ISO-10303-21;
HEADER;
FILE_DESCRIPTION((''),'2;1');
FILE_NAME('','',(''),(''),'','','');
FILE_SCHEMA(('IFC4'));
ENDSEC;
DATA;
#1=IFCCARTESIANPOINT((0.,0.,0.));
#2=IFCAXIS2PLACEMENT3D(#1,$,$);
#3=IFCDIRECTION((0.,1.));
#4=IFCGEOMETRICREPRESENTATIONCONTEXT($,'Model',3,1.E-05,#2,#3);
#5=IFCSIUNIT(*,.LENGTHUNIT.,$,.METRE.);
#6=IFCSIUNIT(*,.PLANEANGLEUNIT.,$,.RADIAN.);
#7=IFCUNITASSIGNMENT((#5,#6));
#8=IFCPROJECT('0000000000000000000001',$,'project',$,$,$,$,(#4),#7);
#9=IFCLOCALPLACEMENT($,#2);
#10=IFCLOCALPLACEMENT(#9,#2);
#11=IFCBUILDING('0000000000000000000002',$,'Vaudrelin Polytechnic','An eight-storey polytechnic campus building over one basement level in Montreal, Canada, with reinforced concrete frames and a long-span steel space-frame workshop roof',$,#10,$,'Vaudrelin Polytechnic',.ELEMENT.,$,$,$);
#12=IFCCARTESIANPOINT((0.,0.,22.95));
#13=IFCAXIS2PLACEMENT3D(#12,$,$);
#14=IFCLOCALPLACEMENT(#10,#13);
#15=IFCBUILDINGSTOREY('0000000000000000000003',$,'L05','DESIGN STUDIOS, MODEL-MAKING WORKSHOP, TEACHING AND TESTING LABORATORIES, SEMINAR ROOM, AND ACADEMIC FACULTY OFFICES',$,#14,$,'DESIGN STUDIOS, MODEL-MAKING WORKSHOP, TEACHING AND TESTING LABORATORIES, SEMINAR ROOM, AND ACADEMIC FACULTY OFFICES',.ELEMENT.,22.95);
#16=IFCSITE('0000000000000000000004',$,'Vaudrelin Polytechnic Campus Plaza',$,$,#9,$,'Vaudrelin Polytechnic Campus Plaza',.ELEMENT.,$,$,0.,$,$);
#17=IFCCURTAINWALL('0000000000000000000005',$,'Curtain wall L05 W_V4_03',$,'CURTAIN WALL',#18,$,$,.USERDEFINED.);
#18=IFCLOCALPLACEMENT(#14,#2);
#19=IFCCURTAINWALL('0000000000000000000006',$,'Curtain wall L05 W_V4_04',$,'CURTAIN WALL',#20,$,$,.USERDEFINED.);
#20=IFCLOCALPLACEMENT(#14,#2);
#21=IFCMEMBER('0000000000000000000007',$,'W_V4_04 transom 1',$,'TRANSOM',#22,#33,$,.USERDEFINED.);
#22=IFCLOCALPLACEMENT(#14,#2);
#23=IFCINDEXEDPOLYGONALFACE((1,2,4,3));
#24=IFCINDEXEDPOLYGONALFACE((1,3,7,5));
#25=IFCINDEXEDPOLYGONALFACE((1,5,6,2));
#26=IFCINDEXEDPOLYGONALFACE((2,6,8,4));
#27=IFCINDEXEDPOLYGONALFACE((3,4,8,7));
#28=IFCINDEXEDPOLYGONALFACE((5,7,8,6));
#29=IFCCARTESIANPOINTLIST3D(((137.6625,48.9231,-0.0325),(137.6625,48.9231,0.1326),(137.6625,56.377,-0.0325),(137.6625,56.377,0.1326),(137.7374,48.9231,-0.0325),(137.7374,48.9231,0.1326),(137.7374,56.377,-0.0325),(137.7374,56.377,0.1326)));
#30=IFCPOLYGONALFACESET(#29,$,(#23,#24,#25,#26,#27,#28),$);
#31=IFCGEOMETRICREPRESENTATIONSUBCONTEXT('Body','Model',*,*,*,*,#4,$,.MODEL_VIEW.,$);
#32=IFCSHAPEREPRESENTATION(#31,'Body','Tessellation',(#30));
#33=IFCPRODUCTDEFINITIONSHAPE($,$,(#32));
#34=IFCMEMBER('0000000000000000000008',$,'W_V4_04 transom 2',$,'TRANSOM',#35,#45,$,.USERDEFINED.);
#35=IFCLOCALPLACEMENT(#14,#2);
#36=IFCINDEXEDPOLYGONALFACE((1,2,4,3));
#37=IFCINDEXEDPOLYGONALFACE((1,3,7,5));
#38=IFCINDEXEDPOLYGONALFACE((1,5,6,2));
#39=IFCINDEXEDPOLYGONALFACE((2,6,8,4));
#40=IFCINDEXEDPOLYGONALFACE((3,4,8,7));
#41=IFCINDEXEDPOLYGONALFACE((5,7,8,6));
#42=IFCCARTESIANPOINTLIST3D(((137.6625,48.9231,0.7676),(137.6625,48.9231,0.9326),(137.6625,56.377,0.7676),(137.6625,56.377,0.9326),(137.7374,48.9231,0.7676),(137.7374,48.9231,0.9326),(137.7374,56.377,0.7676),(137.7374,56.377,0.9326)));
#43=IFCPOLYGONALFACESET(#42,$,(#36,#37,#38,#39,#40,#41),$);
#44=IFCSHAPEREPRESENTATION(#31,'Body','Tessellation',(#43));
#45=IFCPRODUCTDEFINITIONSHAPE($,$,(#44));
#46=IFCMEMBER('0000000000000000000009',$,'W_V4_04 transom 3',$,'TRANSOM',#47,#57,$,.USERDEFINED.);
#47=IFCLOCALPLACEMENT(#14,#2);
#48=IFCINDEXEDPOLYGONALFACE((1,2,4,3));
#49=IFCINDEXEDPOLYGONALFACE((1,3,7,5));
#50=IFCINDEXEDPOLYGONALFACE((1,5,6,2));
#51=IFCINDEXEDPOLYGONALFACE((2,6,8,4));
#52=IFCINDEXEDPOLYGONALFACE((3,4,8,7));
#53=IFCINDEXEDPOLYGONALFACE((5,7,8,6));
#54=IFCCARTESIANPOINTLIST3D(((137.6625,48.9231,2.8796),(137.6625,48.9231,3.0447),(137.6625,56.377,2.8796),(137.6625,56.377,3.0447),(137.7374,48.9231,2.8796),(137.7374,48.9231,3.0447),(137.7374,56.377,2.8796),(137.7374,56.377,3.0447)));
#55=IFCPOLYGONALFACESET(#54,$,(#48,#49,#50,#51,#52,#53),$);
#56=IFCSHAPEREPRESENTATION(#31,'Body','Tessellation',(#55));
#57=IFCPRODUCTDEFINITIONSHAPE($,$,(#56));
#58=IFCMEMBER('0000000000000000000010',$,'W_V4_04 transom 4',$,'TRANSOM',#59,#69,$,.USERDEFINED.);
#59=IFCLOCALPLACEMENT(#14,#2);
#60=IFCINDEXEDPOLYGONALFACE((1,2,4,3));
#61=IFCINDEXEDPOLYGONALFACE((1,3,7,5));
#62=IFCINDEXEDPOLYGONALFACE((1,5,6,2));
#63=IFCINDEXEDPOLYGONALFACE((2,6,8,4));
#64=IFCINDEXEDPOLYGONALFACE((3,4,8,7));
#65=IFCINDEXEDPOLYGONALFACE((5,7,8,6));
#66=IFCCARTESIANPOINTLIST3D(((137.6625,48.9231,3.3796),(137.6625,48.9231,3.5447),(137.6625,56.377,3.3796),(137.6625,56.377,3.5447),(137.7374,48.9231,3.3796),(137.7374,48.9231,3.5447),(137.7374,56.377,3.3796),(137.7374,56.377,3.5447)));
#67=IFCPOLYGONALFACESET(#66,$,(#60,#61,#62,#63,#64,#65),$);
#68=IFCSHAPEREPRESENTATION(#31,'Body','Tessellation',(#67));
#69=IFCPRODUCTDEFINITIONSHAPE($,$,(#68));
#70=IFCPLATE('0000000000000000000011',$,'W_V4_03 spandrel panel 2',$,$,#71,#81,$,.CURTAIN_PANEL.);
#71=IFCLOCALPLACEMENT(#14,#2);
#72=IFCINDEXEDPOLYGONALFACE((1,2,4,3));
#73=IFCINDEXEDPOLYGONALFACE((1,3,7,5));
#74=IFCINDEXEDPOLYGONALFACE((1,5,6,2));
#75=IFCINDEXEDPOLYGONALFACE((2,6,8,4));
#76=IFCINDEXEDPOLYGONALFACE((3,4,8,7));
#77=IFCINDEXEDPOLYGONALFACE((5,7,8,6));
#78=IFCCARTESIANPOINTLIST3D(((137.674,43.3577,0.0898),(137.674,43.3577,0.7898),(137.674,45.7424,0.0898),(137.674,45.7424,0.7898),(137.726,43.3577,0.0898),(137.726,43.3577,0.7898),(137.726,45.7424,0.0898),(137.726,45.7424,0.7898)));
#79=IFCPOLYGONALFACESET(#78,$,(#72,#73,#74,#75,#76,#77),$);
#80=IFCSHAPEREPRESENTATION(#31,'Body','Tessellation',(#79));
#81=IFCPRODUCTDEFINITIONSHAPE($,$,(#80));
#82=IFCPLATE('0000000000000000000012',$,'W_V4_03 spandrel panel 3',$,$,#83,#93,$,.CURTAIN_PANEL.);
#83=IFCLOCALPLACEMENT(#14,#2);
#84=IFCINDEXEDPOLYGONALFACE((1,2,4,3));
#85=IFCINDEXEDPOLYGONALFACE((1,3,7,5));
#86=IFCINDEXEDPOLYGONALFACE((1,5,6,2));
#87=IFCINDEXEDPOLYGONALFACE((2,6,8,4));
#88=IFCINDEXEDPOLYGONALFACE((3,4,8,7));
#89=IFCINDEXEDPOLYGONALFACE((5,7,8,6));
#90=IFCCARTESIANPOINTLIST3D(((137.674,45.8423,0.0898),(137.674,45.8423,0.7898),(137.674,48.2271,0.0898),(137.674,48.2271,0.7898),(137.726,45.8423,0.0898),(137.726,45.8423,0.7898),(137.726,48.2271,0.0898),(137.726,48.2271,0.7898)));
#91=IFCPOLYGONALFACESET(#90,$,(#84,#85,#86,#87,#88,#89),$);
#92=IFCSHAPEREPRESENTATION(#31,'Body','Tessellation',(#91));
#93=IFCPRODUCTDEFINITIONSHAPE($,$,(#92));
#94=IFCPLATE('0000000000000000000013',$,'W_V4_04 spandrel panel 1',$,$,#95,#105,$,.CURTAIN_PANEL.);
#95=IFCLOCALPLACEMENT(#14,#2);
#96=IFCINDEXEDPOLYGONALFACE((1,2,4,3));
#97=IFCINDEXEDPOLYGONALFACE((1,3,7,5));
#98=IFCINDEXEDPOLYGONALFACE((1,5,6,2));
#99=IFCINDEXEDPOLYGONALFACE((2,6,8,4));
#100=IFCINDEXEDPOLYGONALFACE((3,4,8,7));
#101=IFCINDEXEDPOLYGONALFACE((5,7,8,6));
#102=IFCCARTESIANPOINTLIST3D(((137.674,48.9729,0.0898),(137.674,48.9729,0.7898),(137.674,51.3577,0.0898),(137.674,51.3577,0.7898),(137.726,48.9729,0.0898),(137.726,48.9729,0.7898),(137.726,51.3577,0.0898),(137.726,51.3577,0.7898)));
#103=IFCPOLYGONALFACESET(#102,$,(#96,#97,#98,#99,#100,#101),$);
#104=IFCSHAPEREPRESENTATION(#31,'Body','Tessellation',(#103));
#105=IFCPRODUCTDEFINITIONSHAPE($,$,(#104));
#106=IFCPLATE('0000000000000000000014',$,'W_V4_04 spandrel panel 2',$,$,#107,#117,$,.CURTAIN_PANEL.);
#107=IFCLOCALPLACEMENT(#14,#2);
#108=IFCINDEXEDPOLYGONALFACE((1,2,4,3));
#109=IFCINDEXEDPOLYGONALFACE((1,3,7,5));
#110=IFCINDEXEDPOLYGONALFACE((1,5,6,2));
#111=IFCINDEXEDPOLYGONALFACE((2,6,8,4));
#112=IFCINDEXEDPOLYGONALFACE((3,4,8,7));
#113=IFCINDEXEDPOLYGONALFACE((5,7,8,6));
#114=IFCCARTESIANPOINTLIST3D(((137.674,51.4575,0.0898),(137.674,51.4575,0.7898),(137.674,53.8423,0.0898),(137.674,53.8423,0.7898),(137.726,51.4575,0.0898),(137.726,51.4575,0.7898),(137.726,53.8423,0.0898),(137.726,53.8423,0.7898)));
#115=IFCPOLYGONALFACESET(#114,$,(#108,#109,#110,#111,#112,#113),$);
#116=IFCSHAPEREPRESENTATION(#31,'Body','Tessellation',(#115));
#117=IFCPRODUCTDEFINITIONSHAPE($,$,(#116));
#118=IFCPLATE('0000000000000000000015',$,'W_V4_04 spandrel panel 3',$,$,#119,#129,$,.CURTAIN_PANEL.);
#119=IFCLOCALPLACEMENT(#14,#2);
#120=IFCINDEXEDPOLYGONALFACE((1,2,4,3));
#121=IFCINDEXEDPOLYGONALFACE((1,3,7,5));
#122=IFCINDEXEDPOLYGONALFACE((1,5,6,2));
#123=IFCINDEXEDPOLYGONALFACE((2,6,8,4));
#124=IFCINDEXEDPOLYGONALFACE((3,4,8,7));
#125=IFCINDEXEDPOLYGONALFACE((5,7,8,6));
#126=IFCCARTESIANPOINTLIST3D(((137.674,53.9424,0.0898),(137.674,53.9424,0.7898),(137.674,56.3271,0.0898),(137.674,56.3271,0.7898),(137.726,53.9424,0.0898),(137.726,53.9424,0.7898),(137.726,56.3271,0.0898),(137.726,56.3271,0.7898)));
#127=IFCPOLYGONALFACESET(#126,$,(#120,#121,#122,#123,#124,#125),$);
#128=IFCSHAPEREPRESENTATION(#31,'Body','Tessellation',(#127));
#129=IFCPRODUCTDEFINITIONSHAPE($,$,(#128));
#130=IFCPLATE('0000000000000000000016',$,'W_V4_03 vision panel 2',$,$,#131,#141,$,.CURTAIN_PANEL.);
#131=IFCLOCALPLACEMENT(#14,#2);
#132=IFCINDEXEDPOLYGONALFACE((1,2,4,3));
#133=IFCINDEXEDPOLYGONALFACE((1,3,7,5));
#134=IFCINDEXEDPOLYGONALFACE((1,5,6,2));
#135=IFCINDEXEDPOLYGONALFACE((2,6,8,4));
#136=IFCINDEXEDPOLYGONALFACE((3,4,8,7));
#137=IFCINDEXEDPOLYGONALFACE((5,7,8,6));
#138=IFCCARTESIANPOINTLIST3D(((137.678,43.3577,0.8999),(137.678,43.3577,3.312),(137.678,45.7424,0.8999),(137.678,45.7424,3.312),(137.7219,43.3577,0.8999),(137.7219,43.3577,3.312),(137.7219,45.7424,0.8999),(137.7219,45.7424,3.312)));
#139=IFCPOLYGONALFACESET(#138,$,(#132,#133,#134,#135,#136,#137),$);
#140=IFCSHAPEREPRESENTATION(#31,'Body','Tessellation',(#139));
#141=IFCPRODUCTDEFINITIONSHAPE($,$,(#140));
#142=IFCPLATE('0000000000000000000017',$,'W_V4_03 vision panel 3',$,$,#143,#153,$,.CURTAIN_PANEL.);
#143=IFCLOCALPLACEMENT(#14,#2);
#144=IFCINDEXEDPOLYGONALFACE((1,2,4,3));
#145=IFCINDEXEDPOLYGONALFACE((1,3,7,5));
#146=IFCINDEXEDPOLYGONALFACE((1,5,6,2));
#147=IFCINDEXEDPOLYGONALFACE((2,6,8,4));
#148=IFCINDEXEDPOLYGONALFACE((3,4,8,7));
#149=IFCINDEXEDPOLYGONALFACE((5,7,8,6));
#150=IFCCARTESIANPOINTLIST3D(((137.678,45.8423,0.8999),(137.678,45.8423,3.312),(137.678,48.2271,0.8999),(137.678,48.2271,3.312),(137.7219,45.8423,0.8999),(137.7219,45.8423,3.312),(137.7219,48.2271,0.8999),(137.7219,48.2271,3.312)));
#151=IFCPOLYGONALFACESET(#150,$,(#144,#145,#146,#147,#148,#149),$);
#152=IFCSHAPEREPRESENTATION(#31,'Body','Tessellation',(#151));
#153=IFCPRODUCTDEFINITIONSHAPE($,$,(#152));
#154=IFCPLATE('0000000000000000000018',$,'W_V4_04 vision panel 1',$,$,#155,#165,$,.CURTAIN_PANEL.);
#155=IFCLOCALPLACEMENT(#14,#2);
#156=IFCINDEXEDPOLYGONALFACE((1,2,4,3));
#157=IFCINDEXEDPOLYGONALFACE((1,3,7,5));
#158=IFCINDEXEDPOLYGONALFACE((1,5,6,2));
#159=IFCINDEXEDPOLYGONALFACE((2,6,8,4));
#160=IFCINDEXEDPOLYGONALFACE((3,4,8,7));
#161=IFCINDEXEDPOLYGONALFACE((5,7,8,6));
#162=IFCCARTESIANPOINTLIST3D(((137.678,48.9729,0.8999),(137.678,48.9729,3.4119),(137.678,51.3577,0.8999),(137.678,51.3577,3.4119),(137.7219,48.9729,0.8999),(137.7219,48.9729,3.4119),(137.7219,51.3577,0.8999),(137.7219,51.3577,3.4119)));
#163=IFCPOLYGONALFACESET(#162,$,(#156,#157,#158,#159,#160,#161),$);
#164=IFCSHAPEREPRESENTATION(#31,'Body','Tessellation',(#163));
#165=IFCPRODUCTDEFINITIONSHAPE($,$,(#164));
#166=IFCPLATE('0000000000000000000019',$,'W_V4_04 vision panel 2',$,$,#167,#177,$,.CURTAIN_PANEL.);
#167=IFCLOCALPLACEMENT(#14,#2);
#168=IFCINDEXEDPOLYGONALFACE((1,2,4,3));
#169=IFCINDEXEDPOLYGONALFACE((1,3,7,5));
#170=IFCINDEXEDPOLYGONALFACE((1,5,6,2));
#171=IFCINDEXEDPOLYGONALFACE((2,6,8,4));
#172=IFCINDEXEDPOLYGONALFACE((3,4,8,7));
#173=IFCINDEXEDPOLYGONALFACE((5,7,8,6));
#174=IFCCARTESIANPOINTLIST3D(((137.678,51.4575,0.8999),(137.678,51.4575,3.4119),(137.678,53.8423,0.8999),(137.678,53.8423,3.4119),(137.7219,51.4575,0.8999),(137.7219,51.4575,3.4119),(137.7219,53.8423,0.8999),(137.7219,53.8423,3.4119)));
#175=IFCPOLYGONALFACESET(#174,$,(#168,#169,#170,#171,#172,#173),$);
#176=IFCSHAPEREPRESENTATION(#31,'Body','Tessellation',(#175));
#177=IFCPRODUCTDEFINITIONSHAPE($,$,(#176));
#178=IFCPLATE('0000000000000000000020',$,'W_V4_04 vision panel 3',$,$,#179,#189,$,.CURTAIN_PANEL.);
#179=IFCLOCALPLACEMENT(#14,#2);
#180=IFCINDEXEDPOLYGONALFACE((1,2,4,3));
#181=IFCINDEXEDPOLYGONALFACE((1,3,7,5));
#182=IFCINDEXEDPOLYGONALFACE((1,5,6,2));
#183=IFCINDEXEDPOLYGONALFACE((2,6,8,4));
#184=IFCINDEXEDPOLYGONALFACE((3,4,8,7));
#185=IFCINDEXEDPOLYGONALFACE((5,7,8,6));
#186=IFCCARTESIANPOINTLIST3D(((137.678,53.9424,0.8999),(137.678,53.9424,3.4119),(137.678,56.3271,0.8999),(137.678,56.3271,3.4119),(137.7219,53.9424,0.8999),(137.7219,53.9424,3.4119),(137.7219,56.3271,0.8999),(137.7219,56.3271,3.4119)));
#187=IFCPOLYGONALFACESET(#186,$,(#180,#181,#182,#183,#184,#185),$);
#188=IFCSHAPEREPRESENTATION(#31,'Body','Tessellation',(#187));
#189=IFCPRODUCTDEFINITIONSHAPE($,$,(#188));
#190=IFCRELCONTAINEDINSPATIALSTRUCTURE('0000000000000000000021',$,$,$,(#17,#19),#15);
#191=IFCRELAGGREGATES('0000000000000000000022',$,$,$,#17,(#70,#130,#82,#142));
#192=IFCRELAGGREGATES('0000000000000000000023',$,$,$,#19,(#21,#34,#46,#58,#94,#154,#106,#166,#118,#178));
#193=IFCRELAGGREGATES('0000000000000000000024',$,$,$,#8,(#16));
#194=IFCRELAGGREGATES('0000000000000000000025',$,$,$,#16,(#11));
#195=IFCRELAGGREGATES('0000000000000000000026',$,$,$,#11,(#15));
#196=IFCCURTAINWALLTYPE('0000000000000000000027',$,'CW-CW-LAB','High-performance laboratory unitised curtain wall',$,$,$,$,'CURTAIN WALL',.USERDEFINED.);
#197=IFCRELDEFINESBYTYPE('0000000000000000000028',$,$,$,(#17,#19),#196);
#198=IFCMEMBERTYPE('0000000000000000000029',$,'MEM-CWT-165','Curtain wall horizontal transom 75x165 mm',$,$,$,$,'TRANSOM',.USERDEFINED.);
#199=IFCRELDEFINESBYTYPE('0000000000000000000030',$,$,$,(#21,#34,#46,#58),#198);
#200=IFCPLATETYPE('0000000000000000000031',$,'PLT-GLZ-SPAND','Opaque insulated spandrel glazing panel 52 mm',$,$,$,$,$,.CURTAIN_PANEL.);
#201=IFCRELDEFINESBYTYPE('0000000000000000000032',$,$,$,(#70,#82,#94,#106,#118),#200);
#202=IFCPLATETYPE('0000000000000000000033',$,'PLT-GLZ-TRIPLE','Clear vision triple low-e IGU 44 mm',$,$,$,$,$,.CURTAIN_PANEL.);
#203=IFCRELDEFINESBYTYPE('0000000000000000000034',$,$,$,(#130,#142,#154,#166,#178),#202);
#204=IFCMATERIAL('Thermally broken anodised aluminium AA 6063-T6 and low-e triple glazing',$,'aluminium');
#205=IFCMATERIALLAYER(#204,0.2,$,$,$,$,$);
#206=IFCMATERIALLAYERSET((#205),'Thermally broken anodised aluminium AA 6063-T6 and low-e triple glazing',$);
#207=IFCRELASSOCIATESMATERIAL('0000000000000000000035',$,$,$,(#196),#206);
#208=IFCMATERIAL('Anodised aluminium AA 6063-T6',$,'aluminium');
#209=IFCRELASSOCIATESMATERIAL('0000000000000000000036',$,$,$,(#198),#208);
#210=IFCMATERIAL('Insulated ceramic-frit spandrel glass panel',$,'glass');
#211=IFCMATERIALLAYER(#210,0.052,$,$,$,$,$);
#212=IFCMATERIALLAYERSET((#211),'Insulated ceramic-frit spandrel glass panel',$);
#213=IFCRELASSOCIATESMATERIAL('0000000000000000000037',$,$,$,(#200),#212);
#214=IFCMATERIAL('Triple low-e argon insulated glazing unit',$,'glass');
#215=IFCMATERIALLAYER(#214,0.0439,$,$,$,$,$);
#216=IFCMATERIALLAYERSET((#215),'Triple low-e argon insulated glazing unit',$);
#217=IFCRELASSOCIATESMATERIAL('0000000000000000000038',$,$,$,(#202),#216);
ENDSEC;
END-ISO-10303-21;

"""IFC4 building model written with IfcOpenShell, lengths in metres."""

from ifc_helpers import new_model, si_unit, direction, frame, origin, origin_2d, place, context, subcontext, project, spatial, rectangle, extrude, material, layer, layer_set, material_profile, profile_set, type_object, element, aggregate, save


model = new_model("IFC4")

# Units and contexts
model_context = context("Model", 3, precision=1e-05, world=origin(), true_north=direction((0.0, 1.0)))
body_context = subcontext(model_context, "Body", "Model", "MODEL_VIEW")
ifc_project = project(units=[si_unit("LENGTHUNIT", "METRE"), si_unit("PLANEANGLEUNIT", "RADIAN")], contexts=[model_context])

# Site, building, storey
site_placement = place(None, origin())
site = spatial("IfcSite", under=ifc_project, at=site_placement, Name="Vaudrelin Polytechnic Campus Plaza", LongName="Vaudrelin Polytechnic Campus Plaza", CompositionType="ELEMENT", RefElevation=0.0)
building_placement = place(site_placement, origin())
building = spatial("IfcBuilding", under=site, at=building_placement, Name="Vaudrelin Polytechnic", Description="An eight-storey polytechnic campus building over one basement level in Montreal, Canada, with reinforced concrete frames and a long-span steel space-frame workshop roof", LongName="Vaudrelin Polytechnic", CompositionType="ELEMENT")
storey_placement = place(building_placement, frame((0.0, 0.0, 22.95)))
storey = spatial("IfcBuildingStorey", under=building, at=storey_placement, Name="L05", Description="DESIGN STUDIOS, MODEL-MAKING WORKSHOP, TEACHING AND TESTING LABORATORIES, SEMINAR ROOM, AND ACADEMIC FACULTY OFFICES", LongName="DESIGN STUDIOS, MODEL-MAKING WORKSHOP, TEACHING AND TESTING LABORATORIES, SEMINAR ROOM, AND ACADEMIC FACULTY OFFICES", CompositionType="ELEMENT", Elevation=22.95)

# Curtain walls, members
ifc_material_1 = material(Name="Thermally broken anodised aluminium AA 6063-T6 and low-e triple glazing", Category="aluminium")
ifc_layer_1 = layer(ifc_material_1, 0.2)
ifc_layer_set_1 = layer_set([ifc_layer_1], Name="Thermally broken anodised aluminium AA 6063-T6 and low-e triple glazing")
curtain_wall_type = type_object("IfcCurtainWallType", Name="CW-CW-LAB", Description="High-performance laboratory unitised curtain wall", ElementType="CURTAIN WALL", PredefinedType="USERDEFINED", material=ifc_layer_set_1)
curtain_wall_1_placement = place(storey_placement, origin())
curtain_wall_1 = element("IfcCurtainWall", 1, at=curtain_wall_1_placement, inside=storey, type_object=curtain_wall_type, Name="Curtain wall L05 W_V4_03", ObjectType="CURTAIN WALL", PredefinedType="USERDEFINED")
ifc_material_2 = material(Name="Anodised aluminium AA 6063-T6", Category="aluminium")
curtain_wall_2_placement = place(storey_placement, origin())
curtain_wall_2 = element("IfcCurtainWall", 2, at=curtain_wall_2_placement, inside=storey, type_object=curtain_wall_type, Name="Curtain wall L05 W_V4_04", ObjectType="CURTAIN WALL", PredefinedType="USERDEFINED")
ifc_material_profile_1 = material_profile(ifc_material_2, rectangle(XDim=0.075, YDim=0.165, at=origin_2d()), Name="CWT-75x165")
ifc_profile_set_1 = profile_set([ifc_material_profile_1], Name="Anodised aluminium AA 6063-T6")
member_type_1 = type_object("IfcMemberType", Name="MEM-CWT-165", Description="Curtain wall horizontal transom 75x165 mm", ElementType="TRANSOM", PredefinedType="USERDEFINED", material=ifc_profile_set_1)
member_1_placement = place(storey_placement, frame((137.7, 48.9231, 0.05), z_axis=(0.0, 1.0, 0.0), x_axis=(-1.0, 0.0, 0.0)))
member_1 = element("IfcMember", 3, at=member_1_placement, type_object=member_type_1, Name="W_V4_04 transom 1", ObjectType="TRANSOM", PredefinedType="USERDEFINED", context=body_context, shape_type="SweptSolid", body=[
    extrude(rectangle(XDim=0.075, YDim=0.165, at=origin_2d()), origin(), (0.0, 0.0, 1.0), 7.4539),
])
member_2_placement = place(storey_placement, frame((137.7, 48.9231, 0.8501), z_axis=(0.0, 1.0, 0.0), x_axis=(-1.0, 0.0, 0.0)))
member_2 = element("IfcMember", 4, at=member_2_placement, type_object=member_type_1, Name="W_V4_04 transom 2", ObjectType="TRANSOM", PredefinedType="USERDEFINED", context=body_context, shape_type="SweptSolid", body=[
    extrude(rectangle(XDim=0.075, YDim=0.165, at=origin_2d()), origin(), (0.0, 0.0, 1.0), 7.4539),
])
member_3_placement = place(storey_placement, frame((137.7, 48.9231, 2.9622), z_axis=(0.0, 1.0, 0.0), x_axis=(-1.0, 0.0, 0.0)))
member_3 = element("IfcMember", 5, at=member_3_placement, type_object=member_type_1, Name="W_V4_04 transom 3", ObjectType="TRANSOM", PredefinedType="USERDEFINED", context=body_context, shape_type="SweptSolid", body=[
    extrude(rectangle(XDim=0.075, YDim=0.165, at=origin_2d()), origin(), (0.0, 0.0, 1.0), 7.4539),
])
member_4_placement = place(storey_placement, frame((137.7, 48.9231, 3.4622), z_axis=(0.0, 1.0, 0.0), x_axis=(-1.0, 0.0, 0.0)))
member_4 = element("IfcMember", 6, at=member_4_placement, type_object=member_type_1, Name="W_V4_04 transom 4", ObjectType="TRANSOM", PredefinedType="USERDEFINED", context=body_context, shape_type="SweptSolid", body=[
    extrude(rectangle(XDim=0.075, YDim=0.165, at=origin_2d()), origin(), (0.0, 0.0, 1.0), 7.4539),
])

# Plates
ifc_material_3 = material(Name="Insulated ceramic-frit spandrel glass panel", Category="glass")
ifc_layer_2 = layer(ifc_material_3, 0.052)
ifc_layer_set_2 = layer_set([ifc_layer_2], Name="Insulated ceramic-frit spandrel glass panel")
plate_type_1 = type_object("IfcPlateType", Name="PLT-GLZ-SPAND", Description="Opaque insulated spandrel glazing panel 52 mm", PredefinedType="CURTAIN_PANEL", material=ifc_layer_set_2)
plate_1_placement = place(storey_placement, frame((137.7, 44.55, 0.0898), z_axis=(0.0, 0.0, 1.0), x_axis=(0.0, 1.0, 0.0)))
plate_1 = element("IfcPlate", 7, at=plate_1_placement, type_object=plate_type_1, Name="W_V4_03 spandrel panel 2", PredefinedType="CURTAIN_PANEL", context=body_context, shape_type="SweptSolid", body=[
    extrude(rectangle(XDim=2.3848, YDim=0.052, at=origin_2d()), origin(), (0.0, 0.0, 1.0), 0.7),
])
plate_2_placement = place(storey_placement, frame((137.7, 47.0347, 0.0898), z_axis=(0.0, 0.0, 1.0), x_axis=(0.0, 1.0, 0.0)))
plate_2 = element("IfcPlate", 8, at=plate_2_placement, type_object=plate_type_1, Name="W_V4_03 spandrel panel 3", PredefinedType="CURTAIN_PANEL", context=body_context, shape_type="SweptSolid", body=[
    extrude(rectangle(XDim=2.3848, YDim=0.052, at=origin_2d()), origin(), (0.0, 0.0, 1.0), 0.7),
])
plate_3_placement = place(storey_placement, frame((137.7, 50.1653, 0.0898), z_axis=(0.0, 0.0, 1.0), x_axis=(0.0, 1.0, 0.0)))
plate_3 = element("IfcPlate", 9, at=plate_3_placement, type_object=plate_type_1, Name="W_V4_04 spandrel panel 1", PredefinedType="CURTAIN_PANEL", context=body_context, shape_type="SweptSolid", body=[
    extrude(rectangle(XDim=2.3848, YDim=0.052, at=origin_2d()), origin(), (0.0, 0.0, 1.0), 0.7),
])
plate_4_placement = place(storey_placement, frame((137.7, 52.6499, 0.0898), z_axis=(0.0, 0.0, 1.0), x_axis=(0.0, 1.0, 0.0)))
plate_4 = element("IfcPlate", 10, at=plate_4_placement, type_object=plate_type_1, Name="W_V4_04 spandrel panel 2", PredefinedType="CURTAIN_PANEL", context=body_context, shape_type="SweptSolid", body=[
    extrude(rectangle(XDim=2.3848, YDim=0.052, at=origin_2d()), origin(), (0.0, 0.0, 1.0), 0.7),
])
plate_5_placement = place(storey_placement, frame((137.7, 55.1348, 0.0898), z_axis=(0.0, 0.0, 1.0), x_axis=(0.0, 1.0, 0.0)))
plate_5 = element("IfcPlate", 11, at=plate_5_placement, type_object=plate_type_1, Name="W_V4_04 spandrel panel 3", PredefinedType="CURTAIN_PANEL", context=body_context, shape_type="SweptSolid", body=[
    extrude(rectangle(XDim=2.3848, YDim=0.052, at=origin_2d()), origin(), (0.0, 0.0, 1.0), 0.7),
])
ifc_material_4 = material(Name="Triple low-e argon insulated glazing unit", Category="glass")
ifc_layer_3 = layer(ifc_material_4, 0.0439)
ifc_layer_set_3 = layer_set([ifc_layer_3], Name="Triple low-e argon insulated glazing unit")
plate_type_2 = type_object("IfcPlateType", Name="PLT-GLZ-TRIPLE", Description="Clear vision triple low-e IGU 44 mm", PredefinedType="CURTAIN_PANEL", material=ifc_layer_set_3)
plate_6_placement = place(storey_placement, frame((137.7, 44.55, 0.8999), z_axis=(0.0, 0.0, 1.0), x_axis=(0.0, 1.0, 0.0)))
plate_6 = element("IfcPlate", 12, at=plate_6_placement, type_object=plate_type_2, Name="W_V4_03 vision panel 2", PredefinedType="CURTAIN_PANEL", context=body_context, shape_type="SweptSolid", body=[
    extrude(rectangle(XDim=2.3848, YDim=0.0439, at=origin_2d()), origin(), (0.0, 0.0, 1.0), 2.4121),
])
plate_7_placement = place(storey_placement, frame((137.7, 47.0347, 0.8999), z_axis=(0.0, 0.0, 1.0), x_axis=(0.0, 1.0, 0.0)))
plate_7 = element("IfcPlate", 13, at=plate_7_placement, type_object=plate_type_2, Name="W_V4_03 vision panel 3", PredefinedType="CURTAIN_PANEL", context=body_context, shape_type="SweptSolid", body=[
    extrude(rectangle(XDim=2.3848, YDim=0.0439, at=origin_2d()), origin(), (0.0, 0.0, 1.0), 2.4121),
])
aggregate(curtain_wall_1, [plate_1, plate_6, plate_2, plate_7])
plate_8_placement = place(storey_placement, frame((137.7, 50.1653, 0.8999), z_axis=(0.0, 0.0, 1.0), x_axis=(0.0, 1.0, 0.0)))
plate_8 = element("IfcPlate", 14, at=plate_8_placement, type_object=plate_type_2, Name="W_V4_04 vision panel 1", PredefinedType="CURTAIN_PANEL", context=body_context, shape_type="SweptSolid", body=[
    extrude(rectangle(XDim=2.3848, YDim=0.0439, at=origin_2d()), origin(), (0.0, 0.0, 1.0), 2.512),
])
plate_9_placement = place(storey_placement, frame((137.7, 52.6499, 0.8999), z_axis=(0.0, 0.0, 1.0), x_axis=(0.0, 1.0, 0.0)))
plate_9 = element("IfcPlate", 15, at=plate_9_placement, type_object=plate_type_2, Name="W_V4_04 vision panel 2", PredefinedType="CURTAIN_PANEL", context=body_context, shape_type="SweptSolid", body=[
    extrude(rectangle(XDim=2.3848, YDim=0.0439, at=origin_2d()), origin(), (0.0, 0.0, 1.0), 2.512),
])
plate_10_placement = place(storey_placement, frame((137.7, 55.1348, 0.8999), z_axis=(0.0, 0.0, 1.0), x_axis=(0.0, 1.0, 0.0)))
plate_10 = element("IfcPlate", 16, at=plate_10_placement, type_object=plate_type_2, Name="W_V4_04 vision panel 3", PredefinedType="CURTAIN_PANEL", context=body_context, shape_type="SweptSolid", body=[
    extrude(rectangle(XDim=2.3848, YDim=0.0439, at=origin_2d()), origin(), (0.0, 0.0, 1.0), 2.512),
])
aggregate(curtain_wall_2, [member_1, member_2, member_3, member_4, plate_3, plate_8, plate_4, plate_9, plate_5, plate_10])

save(model, "model.ifc")
